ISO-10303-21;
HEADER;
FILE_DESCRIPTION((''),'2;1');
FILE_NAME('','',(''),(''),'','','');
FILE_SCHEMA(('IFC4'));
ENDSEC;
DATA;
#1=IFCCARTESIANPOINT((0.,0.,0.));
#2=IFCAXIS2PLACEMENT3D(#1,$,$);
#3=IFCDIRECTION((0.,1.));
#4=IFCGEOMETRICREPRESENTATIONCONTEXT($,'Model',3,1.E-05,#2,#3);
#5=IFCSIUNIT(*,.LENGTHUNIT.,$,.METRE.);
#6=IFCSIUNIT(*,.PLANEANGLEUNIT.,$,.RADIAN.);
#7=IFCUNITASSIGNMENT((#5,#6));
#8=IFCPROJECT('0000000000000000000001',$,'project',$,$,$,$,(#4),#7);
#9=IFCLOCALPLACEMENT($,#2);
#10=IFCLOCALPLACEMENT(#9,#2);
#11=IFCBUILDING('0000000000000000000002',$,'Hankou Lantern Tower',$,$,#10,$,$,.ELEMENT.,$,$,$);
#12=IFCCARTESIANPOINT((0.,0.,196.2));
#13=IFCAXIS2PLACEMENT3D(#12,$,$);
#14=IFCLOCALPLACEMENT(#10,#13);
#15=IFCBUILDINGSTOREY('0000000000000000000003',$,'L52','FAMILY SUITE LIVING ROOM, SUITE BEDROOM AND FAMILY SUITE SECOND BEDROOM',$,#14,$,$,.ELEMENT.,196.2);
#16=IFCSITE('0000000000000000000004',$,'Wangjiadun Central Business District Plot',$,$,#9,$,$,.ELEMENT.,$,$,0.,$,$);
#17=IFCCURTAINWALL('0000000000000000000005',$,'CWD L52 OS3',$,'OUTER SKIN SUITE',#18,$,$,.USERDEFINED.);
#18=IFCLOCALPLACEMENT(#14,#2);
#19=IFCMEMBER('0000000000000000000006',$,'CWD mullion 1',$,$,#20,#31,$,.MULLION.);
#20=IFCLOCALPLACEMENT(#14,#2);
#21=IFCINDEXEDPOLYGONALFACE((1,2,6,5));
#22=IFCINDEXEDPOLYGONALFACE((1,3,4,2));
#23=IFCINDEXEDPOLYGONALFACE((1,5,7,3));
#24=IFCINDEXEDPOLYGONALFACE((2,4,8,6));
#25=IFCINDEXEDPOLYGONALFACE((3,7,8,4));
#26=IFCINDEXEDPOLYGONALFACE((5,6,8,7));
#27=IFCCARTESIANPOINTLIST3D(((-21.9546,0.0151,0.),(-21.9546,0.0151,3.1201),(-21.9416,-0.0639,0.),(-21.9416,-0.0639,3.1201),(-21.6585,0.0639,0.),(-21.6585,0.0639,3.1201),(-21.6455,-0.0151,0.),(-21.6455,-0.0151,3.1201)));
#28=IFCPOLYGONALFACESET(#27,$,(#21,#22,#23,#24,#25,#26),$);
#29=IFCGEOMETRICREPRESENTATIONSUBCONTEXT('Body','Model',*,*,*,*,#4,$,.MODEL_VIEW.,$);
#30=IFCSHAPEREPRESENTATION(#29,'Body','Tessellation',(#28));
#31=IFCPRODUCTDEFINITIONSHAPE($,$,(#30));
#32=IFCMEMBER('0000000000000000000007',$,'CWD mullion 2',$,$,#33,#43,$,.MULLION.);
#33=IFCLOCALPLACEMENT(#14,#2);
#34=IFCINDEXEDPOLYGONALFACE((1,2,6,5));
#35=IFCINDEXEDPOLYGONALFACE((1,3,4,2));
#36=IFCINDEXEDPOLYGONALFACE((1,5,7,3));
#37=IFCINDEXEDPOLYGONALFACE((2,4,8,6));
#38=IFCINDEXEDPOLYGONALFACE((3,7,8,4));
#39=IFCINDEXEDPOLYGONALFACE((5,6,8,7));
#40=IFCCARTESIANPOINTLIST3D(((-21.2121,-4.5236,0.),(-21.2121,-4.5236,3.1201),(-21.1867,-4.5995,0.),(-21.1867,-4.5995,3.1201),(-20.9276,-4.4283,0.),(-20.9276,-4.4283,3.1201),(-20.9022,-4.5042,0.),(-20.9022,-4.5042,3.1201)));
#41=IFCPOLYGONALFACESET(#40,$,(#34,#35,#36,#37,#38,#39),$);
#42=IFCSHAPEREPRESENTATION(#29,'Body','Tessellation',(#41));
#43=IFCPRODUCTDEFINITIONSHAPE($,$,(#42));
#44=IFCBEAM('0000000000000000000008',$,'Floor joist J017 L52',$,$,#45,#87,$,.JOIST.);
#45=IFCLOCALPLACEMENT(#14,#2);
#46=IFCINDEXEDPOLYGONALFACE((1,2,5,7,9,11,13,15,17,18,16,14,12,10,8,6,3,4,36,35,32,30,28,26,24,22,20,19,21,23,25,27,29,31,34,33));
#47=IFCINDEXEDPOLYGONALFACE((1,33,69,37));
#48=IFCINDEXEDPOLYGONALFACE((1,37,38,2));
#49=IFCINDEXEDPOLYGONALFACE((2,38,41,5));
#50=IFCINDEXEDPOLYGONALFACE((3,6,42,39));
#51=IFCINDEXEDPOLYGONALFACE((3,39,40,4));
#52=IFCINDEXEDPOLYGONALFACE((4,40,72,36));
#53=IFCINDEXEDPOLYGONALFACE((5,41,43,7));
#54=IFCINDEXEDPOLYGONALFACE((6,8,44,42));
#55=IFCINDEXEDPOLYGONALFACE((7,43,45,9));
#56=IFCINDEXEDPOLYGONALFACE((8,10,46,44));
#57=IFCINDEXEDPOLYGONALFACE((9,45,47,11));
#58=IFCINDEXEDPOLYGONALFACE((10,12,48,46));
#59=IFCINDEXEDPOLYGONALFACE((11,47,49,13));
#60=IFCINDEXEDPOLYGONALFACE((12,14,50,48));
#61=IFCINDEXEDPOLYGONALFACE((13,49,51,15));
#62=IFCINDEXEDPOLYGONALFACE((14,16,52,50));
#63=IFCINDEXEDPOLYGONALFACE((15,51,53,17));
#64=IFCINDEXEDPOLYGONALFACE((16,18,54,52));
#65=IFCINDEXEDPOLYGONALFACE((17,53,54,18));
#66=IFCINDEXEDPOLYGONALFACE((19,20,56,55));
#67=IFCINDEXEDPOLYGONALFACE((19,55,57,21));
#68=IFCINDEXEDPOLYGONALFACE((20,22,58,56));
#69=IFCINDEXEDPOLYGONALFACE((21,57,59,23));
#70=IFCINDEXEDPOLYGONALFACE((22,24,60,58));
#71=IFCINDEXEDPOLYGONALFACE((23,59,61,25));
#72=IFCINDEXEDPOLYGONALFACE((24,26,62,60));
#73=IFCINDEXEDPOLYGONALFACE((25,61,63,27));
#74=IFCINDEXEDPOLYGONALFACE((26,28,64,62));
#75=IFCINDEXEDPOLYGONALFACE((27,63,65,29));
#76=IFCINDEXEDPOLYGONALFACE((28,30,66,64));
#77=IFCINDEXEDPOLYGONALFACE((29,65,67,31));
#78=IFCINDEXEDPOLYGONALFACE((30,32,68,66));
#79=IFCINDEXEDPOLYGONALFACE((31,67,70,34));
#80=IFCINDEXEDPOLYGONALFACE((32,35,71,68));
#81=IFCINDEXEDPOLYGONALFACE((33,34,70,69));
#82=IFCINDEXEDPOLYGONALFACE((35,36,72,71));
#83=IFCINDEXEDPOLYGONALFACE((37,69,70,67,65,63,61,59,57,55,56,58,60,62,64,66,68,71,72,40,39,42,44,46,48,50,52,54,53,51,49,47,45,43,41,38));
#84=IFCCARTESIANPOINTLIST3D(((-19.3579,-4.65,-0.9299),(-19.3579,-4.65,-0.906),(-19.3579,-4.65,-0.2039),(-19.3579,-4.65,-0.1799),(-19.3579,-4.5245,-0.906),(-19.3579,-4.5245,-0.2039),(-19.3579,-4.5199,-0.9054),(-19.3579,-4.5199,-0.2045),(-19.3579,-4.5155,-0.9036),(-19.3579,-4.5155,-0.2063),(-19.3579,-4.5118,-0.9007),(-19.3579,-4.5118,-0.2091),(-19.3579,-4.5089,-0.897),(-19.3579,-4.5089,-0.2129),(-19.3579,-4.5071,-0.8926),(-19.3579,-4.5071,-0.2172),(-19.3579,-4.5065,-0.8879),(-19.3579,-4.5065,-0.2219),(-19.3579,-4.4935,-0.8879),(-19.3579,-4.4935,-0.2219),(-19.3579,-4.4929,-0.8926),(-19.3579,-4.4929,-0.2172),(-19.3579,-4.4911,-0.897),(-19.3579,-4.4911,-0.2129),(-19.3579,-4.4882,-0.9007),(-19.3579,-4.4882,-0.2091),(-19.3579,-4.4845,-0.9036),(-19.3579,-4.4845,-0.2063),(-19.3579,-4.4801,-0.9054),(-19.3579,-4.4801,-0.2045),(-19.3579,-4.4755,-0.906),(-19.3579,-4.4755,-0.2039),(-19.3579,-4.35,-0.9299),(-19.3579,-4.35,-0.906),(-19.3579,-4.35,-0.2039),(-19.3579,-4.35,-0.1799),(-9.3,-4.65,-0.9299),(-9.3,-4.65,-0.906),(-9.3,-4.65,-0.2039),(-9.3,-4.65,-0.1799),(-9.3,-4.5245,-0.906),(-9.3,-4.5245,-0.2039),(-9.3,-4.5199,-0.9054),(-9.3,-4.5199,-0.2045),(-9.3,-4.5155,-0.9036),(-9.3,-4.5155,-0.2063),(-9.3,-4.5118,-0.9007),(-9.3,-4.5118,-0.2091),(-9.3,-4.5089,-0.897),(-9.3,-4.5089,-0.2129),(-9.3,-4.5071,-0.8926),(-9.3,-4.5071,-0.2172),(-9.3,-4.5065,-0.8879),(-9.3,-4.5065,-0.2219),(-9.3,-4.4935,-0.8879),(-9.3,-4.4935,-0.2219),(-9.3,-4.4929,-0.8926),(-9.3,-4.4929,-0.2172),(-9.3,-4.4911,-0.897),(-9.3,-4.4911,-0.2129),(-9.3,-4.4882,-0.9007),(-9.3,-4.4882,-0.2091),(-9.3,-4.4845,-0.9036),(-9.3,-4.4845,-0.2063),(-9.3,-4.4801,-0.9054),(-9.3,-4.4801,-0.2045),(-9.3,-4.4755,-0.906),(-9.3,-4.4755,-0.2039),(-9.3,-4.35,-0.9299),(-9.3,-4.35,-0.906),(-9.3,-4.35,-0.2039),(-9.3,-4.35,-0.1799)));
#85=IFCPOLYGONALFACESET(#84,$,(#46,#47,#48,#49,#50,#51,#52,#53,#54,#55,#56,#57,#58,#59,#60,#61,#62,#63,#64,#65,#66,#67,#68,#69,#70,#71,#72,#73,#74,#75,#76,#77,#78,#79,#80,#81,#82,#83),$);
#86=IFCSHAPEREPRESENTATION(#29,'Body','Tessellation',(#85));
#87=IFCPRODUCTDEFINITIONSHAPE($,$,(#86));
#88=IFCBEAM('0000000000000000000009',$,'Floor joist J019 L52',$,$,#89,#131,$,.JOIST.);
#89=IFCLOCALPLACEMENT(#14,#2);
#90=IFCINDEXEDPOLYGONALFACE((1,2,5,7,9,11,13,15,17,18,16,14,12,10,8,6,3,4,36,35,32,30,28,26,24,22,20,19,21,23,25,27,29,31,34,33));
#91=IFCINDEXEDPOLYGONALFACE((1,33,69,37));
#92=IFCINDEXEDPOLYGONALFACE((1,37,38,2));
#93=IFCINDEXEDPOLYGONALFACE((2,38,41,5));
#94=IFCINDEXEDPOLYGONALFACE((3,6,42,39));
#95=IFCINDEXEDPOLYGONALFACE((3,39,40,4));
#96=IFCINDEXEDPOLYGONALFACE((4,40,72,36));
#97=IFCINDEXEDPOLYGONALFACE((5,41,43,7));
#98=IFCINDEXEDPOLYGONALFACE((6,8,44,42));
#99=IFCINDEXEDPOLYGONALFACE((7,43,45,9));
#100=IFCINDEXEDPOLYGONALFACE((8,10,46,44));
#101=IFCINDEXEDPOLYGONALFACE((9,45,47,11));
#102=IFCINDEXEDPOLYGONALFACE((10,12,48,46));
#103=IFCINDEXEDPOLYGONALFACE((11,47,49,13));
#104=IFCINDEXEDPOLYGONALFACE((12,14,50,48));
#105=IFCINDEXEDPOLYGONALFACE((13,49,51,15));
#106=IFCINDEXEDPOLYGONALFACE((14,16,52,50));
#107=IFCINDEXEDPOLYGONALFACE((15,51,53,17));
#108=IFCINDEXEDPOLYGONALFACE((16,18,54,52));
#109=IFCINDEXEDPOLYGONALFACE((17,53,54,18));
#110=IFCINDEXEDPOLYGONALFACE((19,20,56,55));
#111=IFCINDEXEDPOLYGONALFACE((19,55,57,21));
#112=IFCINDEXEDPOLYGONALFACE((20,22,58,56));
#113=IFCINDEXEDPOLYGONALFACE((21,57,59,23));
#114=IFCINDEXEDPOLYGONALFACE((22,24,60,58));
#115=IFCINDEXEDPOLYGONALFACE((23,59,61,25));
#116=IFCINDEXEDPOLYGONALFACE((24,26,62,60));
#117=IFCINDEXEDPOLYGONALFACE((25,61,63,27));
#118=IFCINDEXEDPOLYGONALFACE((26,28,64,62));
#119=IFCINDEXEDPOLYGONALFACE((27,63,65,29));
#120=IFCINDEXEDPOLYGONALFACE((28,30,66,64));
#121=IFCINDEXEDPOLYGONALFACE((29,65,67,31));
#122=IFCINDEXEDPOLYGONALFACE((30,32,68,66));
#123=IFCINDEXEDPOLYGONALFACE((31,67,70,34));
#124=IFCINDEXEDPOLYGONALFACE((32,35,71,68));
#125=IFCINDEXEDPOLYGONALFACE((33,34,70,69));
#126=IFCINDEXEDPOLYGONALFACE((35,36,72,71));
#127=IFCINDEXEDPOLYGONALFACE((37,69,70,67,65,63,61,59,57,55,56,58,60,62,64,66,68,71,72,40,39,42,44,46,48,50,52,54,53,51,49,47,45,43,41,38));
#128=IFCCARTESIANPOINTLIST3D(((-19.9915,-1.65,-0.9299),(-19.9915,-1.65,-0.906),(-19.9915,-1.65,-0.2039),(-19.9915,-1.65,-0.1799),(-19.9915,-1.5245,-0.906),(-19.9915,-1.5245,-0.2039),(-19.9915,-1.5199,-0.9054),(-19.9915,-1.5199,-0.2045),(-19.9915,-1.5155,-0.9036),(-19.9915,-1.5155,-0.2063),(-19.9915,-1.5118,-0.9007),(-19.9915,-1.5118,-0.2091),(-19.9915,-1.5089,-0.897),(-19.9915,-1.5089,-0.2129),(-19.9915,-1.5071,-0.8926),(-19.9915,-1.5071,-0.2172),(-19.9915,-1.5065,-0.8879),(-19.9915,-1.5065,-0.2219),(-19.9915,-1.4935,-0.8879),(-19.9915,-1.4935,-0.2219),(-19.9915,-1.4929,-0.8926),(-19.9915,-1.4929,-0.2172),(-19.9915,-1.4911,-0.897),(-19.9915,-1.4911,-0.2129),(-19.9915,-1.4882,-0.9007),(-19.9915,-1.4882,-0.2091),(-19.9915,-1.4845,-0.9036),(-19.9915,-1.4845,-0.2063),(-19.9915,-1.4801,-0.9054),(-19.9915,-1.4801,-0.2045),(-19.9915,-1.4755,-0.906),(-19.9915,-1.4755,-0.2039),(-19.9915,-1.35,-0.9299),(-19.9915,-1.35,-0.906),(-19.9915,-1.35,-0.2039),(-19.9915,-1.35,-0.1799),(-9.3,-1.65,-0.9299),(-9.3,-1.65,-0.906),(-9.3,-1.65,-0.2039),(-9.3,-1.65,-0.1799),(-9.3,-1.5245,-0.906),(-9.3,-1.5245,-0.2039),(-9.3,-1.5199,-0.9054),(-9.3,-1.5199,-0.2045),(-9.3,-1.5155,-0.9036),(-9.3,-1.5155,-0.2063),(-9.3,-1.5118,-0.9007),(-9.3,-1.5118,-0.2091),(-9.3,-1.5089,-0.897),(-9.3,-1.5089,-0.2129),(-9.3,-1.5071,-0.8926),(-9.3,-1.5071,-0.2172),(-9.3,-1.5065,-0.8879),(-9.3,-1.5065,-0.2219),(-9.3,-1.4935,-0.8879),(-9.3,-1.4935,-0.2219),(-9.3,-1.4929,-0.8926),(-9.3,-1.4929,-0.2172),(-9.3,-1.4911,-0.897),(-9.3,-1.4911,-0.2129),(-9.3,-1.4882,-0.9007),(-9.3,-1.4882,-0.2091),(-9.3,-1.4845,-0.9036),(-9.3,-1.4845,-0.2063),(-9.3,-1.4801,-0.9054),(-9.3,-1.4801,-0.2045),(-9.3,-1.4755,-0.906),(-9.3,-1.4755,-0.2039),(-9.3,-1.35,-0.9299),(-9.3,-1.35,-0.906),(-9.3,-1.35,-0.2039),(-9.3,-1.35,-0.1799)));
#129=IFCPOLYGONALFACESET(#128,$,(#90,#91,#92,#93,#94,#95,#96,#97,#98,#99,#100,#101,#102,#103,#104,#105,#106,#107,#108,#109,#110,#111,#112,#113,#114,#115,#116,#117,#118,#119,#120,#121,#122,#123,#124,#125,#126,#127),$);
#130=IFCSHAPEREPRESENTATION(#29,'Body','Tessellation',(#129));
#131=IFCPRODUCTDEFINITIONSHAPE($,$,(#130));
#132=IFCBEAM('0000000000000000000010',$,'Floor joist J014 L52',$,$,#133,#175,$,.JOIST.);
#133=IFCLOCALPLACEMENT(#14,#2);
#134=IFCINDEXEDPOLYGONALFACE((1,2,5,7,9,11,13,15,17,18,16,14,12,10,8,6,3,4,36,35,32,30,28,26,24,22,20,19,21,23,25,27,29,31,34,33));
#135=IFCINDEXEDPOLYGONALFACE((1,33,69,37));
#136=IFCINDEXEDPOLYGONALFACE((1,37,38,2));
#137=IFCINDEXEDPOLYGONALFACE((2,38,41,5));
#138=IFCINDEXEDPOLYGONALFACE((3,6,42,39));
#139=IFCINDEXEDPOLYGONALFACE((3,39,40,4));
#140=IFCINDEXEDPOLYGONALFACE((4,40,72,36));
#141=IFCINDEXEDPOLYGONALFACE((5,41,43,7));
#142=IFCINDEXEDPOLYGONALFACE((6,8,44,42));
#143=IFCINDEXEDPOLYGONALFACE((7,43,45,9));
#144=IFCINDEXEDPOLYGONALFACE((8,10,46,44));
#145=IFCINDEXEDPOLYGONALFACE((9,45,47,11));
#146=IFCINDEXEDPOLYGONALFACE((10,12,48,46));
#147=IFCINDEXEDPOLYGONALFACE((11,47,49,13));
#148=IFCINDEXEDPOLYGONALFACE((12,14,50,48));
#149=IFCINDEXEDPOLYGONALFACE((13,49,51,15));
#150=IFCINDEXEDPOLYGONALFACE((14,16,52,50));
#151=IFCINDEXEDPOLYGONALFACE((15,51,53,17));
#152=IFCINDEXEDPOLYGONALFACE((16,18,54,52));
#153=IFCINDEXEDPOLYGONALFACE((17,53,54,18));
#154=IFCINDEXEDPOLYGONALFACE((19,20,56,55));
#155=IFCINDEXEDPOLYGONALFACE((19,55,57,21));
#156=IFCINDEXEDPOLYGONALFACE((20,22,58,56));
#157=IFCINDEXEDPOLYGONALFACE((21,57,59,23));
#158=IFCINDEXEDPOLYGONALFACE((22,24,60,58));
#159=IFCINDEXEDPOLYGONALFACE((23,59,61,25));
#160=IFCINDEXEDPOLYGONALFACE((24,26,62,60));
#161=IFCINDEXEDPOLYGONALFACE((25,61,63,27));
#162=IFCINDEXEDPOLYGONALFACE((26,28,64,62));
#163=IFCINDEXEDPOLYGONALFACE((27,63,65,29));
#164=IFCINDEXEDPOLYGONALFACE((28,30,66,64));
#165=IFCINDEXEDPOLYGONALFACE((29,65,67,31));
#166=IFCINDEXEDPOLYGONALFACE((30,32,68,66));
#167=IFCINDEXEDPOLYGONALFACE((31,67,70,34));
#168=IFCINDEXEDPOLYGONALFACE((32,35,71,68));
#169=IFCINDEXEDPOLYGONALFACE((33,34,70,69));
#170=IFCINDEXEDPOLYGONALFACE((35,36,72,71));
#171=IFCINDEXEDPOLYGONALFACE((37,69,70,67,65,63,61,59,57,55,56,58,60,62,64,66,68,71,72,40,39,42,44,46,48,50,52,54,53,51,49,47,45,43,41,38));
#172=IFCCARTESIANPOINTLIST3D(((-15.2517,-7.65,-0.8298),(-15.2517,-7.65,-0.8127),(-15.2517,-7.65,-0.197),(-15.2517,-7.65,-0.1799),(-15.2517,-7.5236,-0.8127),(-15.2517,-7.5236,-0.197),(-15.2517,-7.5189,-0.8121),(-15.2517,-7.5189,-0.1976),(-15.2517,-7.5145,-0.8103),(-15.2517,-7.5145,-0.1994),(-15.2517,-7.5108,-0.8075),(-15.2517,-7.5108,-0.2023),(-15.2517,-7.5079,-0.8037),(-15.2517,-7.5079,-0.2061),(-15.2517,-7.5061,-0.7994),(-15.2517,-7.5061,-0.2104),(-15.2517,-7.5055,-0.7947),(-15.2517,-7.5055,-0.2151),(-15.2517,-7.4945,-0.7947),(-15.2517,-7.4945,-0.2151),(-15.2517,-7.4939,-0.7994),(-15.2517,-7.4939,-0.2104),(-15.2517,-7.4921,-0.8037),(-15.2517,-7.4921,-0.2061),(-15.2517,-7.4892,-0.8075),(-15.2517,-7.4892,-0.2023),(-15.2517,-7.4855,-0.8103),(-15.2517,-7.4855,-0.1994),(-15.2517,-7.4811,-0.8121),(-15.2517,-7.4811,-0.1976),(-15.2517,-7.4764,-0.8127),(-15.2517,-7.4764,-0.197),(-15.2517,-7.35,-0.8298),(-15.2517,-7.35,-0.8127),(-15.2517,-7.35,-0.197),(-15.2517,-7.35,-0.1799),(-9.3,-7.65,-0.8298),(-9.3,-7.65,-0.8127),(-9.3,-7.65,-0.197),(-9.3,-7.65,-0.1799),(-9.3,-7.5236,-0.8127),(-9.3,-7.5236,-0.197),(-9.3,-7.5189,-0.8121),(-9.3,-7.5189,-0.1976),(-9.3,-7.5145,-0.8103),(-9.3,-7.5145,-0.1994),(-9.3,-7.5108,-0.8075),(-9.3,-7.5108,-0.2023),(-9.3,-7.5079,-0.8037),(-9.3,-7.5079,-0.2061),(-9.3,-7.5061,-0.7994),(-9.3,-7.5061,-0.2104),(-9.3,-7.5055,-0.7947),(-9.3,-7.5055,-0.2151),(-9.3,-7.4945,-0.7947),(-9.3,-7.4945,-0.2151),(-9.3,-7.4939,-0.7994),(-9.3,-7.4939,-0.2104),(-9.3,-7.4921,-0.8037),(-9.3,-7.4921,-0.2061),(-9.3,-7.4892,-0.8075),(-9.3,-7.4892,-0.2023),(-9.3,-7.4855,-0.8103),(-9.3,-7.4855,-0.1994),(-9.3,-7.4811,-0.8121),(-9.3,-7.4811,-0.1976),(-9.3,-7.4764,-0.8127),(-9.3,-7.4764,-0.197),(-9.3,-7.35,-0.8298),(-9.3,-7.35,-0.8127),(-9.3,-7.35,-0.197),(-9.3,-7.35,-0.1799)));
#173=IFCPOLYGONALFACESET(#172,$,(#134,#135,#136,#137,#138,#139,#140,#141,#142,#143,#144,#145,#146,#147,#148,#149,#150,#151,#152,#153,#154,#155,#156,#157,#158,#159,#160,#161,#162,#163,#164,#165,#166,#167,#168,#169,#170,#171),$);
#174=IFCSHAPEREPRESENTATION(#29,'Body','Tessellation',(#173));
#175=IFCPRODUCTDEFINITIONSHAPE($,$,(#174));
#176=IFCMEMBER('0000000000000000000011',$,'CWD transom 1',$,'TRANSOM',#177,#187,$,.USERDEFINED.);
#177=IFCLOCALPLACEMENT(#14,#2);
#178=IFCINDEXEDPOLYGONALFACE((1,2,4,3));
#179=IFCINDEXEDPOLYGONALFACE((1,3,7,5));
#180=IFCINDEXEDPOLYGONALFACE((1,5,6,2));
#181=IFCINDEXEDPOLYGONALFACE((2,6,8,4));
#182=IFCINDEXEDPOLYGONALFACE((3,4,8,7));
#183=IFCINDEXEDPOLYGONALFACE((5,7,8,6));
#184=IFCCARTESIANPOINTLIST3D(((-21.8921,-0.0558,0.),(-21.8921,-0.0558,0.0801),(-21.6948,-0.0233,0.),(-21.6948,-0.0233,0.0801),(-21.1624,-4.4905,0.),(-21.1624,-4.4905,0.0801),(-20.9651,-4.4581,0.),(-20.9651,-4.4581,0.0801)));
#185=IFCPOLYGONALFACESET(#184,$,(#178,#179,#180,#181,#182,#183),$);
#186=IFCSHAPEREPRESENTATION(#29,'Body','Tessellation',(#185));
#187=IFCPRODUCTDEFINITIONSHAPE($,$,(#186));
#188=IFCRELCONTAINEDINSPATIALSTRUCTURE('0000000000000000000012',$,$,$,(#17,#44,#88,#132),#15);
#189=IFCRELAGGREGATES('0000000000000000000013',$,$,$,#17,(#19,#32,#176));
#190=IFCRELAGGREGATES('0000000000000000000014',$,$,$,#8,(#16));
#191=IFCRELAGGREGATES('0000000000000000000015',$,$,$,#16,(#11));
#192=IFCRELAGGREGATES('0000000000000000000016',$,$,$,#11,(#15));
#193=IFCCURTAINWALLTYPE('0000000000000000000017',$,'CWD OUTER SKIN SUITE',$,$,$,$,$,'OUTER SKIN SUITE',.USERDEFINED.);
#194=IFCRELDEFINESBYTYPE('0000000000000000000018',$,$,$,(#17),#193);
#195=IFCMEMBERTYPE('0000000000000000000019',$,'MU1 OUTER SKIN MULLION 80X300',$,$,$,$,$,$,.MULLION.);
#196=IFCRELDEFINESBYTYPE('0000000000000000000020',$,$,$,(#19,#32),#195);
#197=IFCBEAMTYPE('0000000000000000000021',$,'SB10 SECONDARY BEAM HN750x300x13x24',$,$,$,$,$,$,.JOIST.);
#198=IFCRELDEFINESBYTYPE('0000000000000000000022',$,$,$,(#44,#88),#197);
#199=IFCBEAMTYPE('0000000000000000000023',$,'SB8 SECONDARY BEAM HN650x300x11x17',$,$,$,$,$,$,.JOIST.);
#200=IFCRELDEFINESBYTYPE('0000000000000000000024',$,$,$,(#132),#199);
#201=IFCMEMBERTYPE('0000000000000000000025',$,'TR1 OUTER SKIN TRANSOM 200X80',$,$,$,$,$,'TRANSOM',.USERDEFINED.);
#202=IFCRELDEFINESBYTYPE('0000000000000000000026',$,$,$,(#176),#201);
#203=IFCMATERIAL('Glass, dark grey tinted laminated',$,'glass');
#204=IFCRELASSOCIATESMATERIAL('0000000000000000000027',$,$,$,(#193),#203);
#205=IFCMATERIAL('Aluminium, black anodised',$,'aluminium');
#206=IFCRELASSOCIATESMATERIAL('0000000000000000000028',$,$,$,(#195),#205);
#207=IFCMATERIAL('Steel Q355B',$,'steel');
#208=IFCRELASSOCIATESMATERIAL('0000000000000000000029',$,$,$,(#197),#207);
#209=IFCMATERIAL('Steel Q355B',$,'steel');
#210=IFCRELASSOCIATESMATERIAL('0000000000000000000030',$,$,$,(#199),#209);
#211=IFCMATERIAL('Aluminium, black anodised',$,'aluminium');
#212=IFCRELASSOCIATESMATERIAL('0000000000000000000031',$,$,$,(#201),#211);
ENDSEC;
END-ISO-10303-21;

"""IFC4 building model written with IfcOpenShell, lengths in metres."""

from ifc_helpers import new_model, si_unit, direction, frame, origin, origin_2d, place, context, subcontext, project, spatial, rectangle, i_section, extrude, material, material_profile, profile_set, type_object, element, aggregate, save


model = new_model("IFC4")

# Units and contexts
model_context = context("Model", 3, precision=1e-05, world=origin(), true_north=direction((0.0, 1.0)))
body_context = subcontext(model_context, "Body", "Model", "MODEL_VIEW")
ifc_project = project(units=[si_unit("LENGTHUNIT", "METRE"), si_unit("PLANEANGLEUNIT", "RADIAN")], contexts=[model_context])

# Site, building, storey
site_placement = place(None, origin())
site = spatial("IfcSite", under=ifc_project, at=site_placement, Name="Wangjiadun Central Business District Plot", CompositionType="ELEMENT", RefElevation=0.0)
building_placement = place(site_placement, origin())
building = spatial("IfcBuilding", under=site, at=building_placement, Name="Hankou Lantern Tower", CompositionType="ELEMENT")
storey_placement = place(building_placement, frame((0.0, 0.0, 196.2)))
storey = spatial("IfcBuildingStorey", under=building, at=storey_placement, Name="L52", Description="FAMILY SUITE LIVING ROOM, SUITE BEDROOM AND FAMILY SUITE SECOND BEDROOM", CompositionType="ELEMENT", Elevation=196.2)

# Curtain wall, members
ifc_material_1 = material(Name="Glass, dark grey tinted laminated", Category="glass")
curtain_wall_type = type_object("IfcCurtainWallType", Name="CWD OUTER SKIN SUITE", ElementType="OUTER SKIN SUITE", PredefinedType="USERDEFINED", material=ifc_material_1)
curtain_wall_placement = place(storey_placement, origin())
curtain_wall = element("IfcCurtainWall", 1, at=curtain_wall_placement, inside=storey, type_object=curtain_wall_type, Name="CWD L52 OS3", ObjectType="OUTER SKIN SUITE", PredefinedType="USERDEFINED")
ifc_material_2 = material(Name="Aluminium, black anodised", Category="aluminium")
ifc_material_profile_1 = material_profile(ifc_material_2, rectangle(XDim=0.0801, YDim=0.3, at=origin_2d()), Name="MU1 80X300")
ifc_profile_set_1 = profile_set([ifc_material_profile_1], Name="Aluminium, black anodised")
member_type_1 = type_object("IfcMemberType", Name="MU1 OUTER SKIN MULLION 80X300", PredefinedType="MULLION", material=ifc_profile_set_1)
member_1_placement = place(storey_placement, frame((-21.8, 0.0, 0.0), z_axis=(0.0, 0.0, 1.0), x_axis=(0.162382, -0.986728, 0.0)))
member_1 = element("IfcMember", 2, at=member_1_placement, type_object=member_type_1, Name="CWD mullion 1", PredefinedType="MULLION", context=body_context, shape_type="SweptSolid", body=[
    extrude(rectangle(XDim=0.0801, YDim=0.3, at=origin_2d()), origin(), (0.0, 0.0, 1.0), 3.1201),
])
member_2_placement = place(storey_placement, frame((-21.0571, -4.5139, 0.0), z_axis=(0.0, 0.0, 1.0), x_axis=(0.317596, -0.948226, 0.0)))
member_2 = element("IfcMember", 3, at=member_2_placement, type_object=member_type_1, Name="CWD mullion 2", PredefinedType="MULLION", context=body_context, shape_type="SweptSolid", body=[
    extrude(rectangle(XDim=0.0801, YDim=0.3, at=origin_2d()), origin(), (0.0, 0.0, 1.0), 3.1201),
])

# Beams
ifc_material_3 = material(Name="Steel Q355B", Category="steel")
ifc_material_profile_2 = material_profile(ifc_material_3, i_section(OverallWidth=0.3, OverallDepth=0.75, WebThickness=0.0129, FlangeThickness=0.0239, FilletRadius=0.0181, at=origin_2d()), Name="HN750x300x13x24")
ifc_profile_set_2 = profile_set([ifc_material_profile_2], Name="Steel Q355B")
beam_type_1 = type_object("IfcBeamType", Name="SB10 SECONDARY BEAM HN750x300x13x24", PredefinedType="JOIST", material=ifc_profile_set_2)
beam_1_placement = place(storey_placement, frame((-19.3579, -4.5, -0.5549), z_axis=(1.0, 0.0, 0.0), x_axis=(0.0, 1.0, 0.0)))
element("IfcBeam", 4, at=beam_1_placement, inside=storey, type_object=beam_type_1, Name="Floor joist J017 L52", PredefinedType="JOIST", context=body_context, shape_type="SweptSolid", body=[
    extrude(i_section(OverallWidth=0.3, OverallDepth=0.75, WebThickness=0.0129, FlangeThickness=0.0239, FilletRadius=0.0181, at=origin_2d()), origin(), (0.0, 0.0, 1.0), 10.0579),
])
beam_2_placement = place(storey_placement, frame((-19.9915, -1.5, -0.5549), z_axis=(1.0, 0.0, 0.0), x_axis=(0.0, 1.0, 0.0)))
element("IfcBeam", 5, at=beam_2_placement, inside=storey, type_object=beam_type_1, Name="Floor joist J019 L52", PredefinedType="JOIST", context=body_context, shape_type="SweptSolid", body=[
    extrude(i_section(OverallWidth=0.3, OverallDepth=0.75, WebThickness=0.0129, FlangeThickness=0.0239, FilletRadius=0.0181, at=origin_2d()), origin(), (0.0, 0.0, 1.0), 10.6914),
])
ifc_material_4 = material(Name="Steel Q355B", Category="steel")
ifc_material_profile_3 = material_profile(ifc_material_4, i_section(OverallWidth=0.3, OverallDepth=0.6499, WebThickness=0.011, FlangeThickness=0.0171, FilletRadius=0.0181, at=origin_2d()), Name="HN650x300x11x17")
ifc_profile_set_3 = profile_set([ifc_material_profile_3], Name="Steel Q355B")
beam_type_2 = type_object("IfcBeamType", Name="SB8 SECONDARY BEAM HN650x300x11x17", PredefinedType="JOIST", material=ifc_profile_set_3)
beam_3_placement = place(storey_placement, frame((-15.2517, -7.5, -0.5049), z_axis=(1.0, 0.0, 0.0), x_axis=(0.0, 1.0, 0.0)))
element("IfcBeam", 6, at=beam_3_placement, inside=storey, type_object=beam_type_2, Name="Floor joist J014 L52", PredefinedType="JOIST", context=body_context, shape_type="SweptSolid", body=[
    extrude(i_section(OverallWidth=0.3, OverallDepth=0.6499, WebThickness=0.011, FlangeThickness=0.0171, FilletRadius=0.0181, at=origin_2d()), origin(), (0.0, 0.0, 1.0), 5.9517),
])

# Member
ifc_material_5 = material(Name="Aluminium, black anodised", Category="aluminium")
ifc_material_profile_4 = material_profile(ifc_material_5, rectangle(XDim=0.2, YDim=0.0801, at=origin_2d()), Name="TR1 200X80")
ifc_profile_set_4 = profile_set([ifc_material_profile_4], Name="Aluminium, black anodised")
member_type_2 = type_object("IfcMemberType", Name="TR1 OUTER SKIN TRANSOM 200X80", ElementType="TRANSOM", PredefinedType="USERDEFINED", material=ifc_profile_set_4)
member_3_placement = place(storey_placement, frame((-21.7935, -0.0396, 0.04), z_axis=(0.162364, -0.986731, 0.0), x_axis=(0.986731, 0.162364, 0.0)))
member_3 = element("IfcMember", 7, at=member_3_placement, type_object=member_type_2, Name="CWD transom 1", ObjectType="TRANSOM", PredefinedType="USERDEFINED", context=body_context, shape_type="SweptSolid", body=[
    extrude(rectangle(XDim=0.2, YDim=0.0801, at=origin_2d()), origin(), (0.0, 0.0, 1.0), 4.4944),
])

aggregate(curtain_wall, [member_1, member_2, member_3])

save(model, "model.ifc")
